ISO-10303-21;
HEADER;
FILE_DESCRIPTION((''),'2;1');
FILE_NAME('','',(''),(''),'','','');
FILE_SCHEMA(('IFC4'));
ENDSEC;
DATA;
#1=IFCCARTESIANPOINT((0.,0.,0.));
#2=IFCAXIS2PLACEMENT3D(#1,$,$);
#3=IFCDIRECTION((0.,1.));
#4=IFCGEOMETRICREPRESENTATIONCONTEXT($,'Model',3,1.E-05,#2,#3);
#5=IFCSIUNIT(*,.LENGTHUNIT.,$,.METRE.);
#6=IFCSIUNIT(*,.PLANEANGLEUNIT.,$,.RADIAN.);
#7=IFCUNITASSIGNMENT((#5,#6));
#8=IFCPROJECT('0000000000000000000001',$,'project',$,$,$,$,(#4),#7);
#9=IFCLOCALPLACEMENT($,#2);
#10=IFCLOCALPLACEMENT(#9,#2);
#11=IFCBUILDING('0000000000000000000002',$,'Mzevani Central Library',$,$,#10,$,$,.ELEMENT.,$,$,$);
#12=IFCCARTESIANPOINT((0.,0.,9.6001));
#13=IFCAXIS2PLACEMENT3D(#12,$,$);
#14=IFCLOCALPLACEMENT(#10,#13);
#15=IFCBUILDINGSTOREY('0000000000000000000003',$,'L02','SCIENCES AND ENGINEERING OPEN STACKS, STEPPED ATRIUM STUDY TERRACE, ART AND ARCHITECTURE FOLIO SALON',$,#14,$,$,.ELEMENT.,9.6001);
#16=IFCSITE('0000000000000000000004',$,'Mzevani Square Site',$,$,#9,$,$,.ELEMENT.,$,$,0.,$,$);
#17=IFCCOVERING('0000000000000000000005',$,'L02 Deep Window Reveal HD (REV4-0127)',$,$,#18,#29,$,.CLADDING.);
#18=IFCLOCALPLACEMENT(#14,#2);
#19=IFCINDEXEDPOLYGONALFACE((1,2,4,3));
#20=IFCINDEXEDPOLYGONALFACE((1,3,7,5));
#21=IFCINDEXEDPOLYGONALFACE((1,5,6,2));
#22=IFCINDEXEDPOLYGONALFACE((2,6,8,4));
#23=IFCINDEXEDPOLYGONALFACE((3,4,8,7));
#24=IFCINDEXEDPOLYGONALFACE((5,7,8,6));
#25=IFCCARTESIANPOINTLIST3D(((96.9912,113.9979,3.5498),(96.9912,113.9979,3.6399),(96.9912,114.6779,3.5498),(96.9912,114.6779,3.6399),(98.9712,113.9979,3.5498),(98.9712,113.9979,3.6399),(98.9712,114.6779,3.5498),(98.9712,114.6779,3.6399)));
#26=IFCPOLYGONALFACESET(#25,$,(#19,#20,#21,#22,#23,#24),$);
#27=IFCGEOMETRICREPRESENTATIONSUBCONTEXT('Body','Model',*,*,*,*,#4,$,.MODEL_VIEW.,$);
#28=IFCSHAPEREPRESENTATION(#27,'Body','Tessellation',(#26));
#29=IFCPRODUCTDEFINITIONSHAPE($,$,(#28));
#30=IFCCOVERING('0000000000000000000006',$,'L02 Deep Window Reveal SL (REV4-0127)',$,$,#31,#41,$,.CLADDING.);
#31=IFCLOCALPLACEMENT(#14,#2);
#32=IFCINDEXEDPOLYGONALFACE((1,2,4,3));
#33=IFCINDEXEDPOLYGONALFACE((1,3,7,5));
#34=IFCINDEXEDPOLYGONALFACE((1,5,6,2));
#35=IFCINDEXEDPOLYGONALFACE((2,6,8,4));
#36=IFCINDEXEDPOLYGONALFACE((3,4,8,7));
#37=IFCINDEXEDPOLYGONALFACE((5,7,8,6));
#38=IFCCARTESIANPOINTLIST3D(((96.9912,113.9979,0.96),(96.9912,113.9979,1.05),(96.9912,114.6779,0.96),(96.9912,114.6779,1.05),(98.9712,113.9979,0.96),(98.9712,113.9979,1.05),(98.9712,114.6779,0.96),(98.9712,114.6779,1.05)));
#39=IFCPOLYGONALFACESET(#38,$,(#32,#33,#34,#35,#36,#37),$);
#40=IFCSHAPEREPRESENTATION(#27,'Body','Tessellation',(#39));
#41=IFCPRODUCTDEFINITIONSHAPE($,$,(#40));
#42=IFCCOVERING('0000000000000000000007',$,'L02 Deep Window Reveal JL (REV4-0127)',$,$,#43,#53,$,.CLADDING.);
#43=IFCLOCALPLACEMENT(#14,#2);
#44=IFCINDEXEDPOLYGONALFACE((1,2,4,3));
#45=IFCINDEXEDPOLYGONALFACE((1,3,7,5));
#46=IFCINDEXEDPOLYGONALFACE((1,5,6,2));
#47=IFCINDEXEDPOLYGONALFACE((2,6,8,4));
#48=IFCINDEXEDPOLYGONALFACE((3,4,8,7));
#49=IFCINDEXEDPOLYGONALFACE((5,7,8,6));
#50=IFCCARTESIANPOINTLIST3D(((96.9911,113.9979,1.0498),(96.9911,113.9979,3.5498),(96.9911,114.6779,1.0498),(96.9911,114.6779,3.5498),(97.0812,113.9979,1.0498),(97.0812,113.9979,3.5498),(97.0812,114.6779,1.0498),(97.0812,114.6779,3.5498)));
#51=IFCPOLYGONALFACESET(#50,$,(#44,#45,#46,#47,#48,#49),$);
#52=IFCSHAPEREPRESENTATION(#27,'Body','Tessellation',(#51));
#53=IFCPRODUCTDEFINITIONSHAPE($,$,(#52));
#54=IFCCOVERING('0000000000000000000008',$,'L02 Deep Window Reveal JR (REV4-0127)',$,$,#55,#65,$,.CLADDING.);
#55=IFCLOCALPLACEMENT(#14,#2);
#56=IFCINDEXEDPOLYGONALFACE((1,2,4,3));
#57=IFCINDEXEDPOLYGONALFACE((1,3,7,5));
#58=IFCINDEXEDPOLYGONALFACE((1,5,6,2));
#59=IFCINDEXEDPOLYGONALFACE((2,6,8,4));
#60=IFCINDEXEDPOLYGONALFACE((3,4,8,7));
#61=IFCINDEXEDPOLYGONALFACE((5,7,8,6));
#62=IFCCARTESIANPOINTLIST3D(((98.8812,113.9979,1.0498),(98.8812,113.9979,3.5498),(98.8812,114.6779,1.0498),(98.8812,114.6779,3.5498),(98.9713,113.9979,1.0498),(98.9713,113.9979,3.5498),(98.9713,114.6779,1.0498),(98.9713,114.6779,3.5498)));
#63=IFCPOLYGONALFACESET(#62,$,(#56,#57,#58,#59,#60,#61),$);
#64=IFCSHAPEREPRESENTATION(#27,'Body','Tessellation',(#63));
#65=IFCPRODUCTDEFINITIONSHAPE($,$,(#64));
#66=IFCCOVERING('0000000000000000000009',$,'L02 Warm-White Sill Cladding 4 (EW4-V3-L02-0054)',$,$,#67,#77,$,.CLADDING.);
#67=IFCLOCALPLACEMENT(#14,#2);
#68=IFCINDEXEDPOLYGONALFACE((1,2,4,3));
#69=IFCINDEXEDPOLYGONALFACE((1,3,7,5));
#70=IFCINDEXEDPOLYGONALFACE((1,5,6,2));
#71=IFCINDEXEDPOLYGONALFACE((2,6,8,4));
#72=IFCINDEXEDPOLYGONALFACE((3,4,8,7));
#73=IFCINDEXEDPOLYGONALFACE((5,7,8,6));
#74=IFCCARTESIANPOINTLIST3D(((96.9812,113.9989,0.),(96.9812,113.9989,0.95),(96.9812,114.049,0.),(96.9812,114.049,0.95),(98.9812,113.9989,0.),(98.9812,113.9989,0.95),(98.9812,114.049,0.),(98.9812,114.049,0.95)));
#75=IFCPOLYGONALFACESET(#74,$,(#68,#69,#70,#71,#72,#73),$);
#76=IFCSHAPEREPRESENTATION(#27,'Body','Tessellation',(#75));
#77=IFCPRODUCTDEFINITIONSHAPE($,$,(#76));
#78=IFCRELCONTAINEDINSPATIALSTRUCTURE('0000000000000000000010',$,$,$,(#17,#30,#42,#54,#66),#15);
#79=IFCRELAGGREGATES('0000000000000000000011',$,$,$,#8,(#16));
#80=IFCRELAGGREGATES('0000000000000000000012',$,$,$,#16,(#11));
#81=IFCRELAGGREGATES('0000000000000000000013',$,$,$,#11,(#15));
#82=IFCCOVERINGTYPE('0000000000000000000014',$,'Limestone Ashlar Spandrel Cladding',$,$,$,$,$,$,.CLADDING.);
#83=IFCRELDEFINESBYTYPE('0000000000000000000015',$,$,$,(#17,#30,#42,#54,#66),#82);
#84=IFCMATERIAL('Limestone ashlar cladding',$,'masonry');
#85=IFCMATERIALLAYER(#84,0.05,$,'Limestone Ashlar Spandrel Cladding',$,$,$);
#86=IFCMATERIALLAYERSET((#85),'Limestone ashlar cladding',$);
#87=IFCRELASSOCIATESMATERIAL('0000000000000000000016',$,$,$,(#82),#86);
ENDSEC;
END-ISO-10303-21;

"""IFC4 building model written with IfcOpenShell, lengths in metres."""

from ifc_helpers import new_model, si_unit, direction, frame, origin, origin_2d, place, context, subcontext, project, spatial, rectangle, extrude, material, layer, layer_set, type_object, element, save


model = new_model("IFC4")

# Units and contexts
model_context = context("Model", 3, precision=1e-05, world=origin(), true_north=direction((0.0, 1.0)))
body_context = subcontext(model_context, "Body", "Model", "MODEL_VIEW")
ifc_project = project(units=[si_unit("LENGTHUNIT", "METRE"), si_unit("PLANEANGLEUNIT", "RADIAN")], contexts=[model_context])

# Site, building, storey
site_placement = place(None, origin())
site = spatial("IfcSite", under=ifc_project, at=site_placement, Name="Mzevani Square Site", CompositionType="ELEMENT", RefElevation=0.0)
building_placement = place(site_placement, origin())
building = spatial("IfcBuilding", under=site, at=building_placement, Name="Mzevani Central Library", CompositionType="ELEMENT")
storey_placement = place(building_placement, frame((0.0, 0.0, 9.6001)))
storey = spatial("IfcBuildingStorey", under=building, at=storey_placement, Name="L02", Description="SCIENCES AND ENGINEERING OPEN STACKS, STEPPED ATRIUM STUDY TERRACE, ART AND ARCHITECTURE FOLIO SALON", CompositionType="ELEMENT", Elevation=9.6001)

# Coverings
ifc_material_1 = material(Name="Limestone ashlar cladding", Category="masonry")
ifc_layer_1 = layer(ifc_material_1, 0.05, Name="Limestone Ashlar Spandrel Cladding")
ifc_layer_set_1 = layer_set([ifc_layer_1], Name="Limestone ashlar cladding")
covering_type = type_object("IfcCoveringType", Name="Limestone Ashlar Spandrel Cladding", PredefinedType="CLADDING", material=ifc_layer_set_1)
for number, where, z_axis, x_axis, name in (
    (1, (97.9812, 114.3379, 3.5498), (0.0, 0.0, 1.0), (1.0, 0.0, 0.0), "L02 Deep Window Reveal HD (REV4-0127)"),
    (2, (97.9812, 114.3379, 0.96), (0.0, 0.0, 1.0), (1.0, 0.0, 0.0), "L02 Deep Window Reveal SL (REV4-0127)"),
):
    element("IfcCovering", number, at=place(storey_placement, frame(where, z_axis=z_axis, x_axis=x_axis)), inside=storey, type_object=covering_type, Name=name, PredefinedType="CLADDING", context=body_context, shape_type="SweptSolid", body=[
        extrude(rectangle(XDim=1.98, YDim=0.6799, at=origin_2d()), origin(), (0.0, 0.0, 1.0), 0.0901),
    ])
for number, where, z_axis, x_axis, name in (
    (3, (97.0361, 114.3379, 1.0498), (0.0, 0.0, 1.0), (1.0, 0.0, 0.0), "L02 Deep Window Reveal JL (REV4-0127)"),
    (4, (98.9263, 114.3379, 1.0498), (0.0, 0.0, 1.0), (1.0, 0.0, 0.0), "L02 Deep Window Reveal JR (REV4-0127)"),
):
    element("IfcCovering", number, at=place(storey_placement, frame(where, z_axis=z_axis, x_axis=x_axis)), inside=storey, type_object=covering_type, Name=name, PredefinedType="CLADDING", context=body_context, shape_type="SweptSolid", body=[
        extrude(rectangle(XDim=0.0901, YDim=0.6799, at=origin_2d()), origin(), (0.0, 0.0, 1.0), 2.5),
    ])
covering_placement = place(storey_placement, frame((97.9812, 114.0239, 0.0), z_axis=(0.0, 0.0, 1.0), x_axis=(1.0, 0.0, 0.0)))
element("IfcCovering", 5, at=covering_placement, inside=storey, type_object=covering_type, Name="L02 Warm-White Sill Cladding 4 (EW4-V3-L02-0054)", PredefinedType="CLADDING", context=body_context, shape_type="SweptSolid", body=[
    extrude(rectangle(XDim=2.0, YDim=0.05, at=origin_2d()), origin(), (0.0, 0.0, 1.0), 0.95),
])

save(model, "model.ifc")
